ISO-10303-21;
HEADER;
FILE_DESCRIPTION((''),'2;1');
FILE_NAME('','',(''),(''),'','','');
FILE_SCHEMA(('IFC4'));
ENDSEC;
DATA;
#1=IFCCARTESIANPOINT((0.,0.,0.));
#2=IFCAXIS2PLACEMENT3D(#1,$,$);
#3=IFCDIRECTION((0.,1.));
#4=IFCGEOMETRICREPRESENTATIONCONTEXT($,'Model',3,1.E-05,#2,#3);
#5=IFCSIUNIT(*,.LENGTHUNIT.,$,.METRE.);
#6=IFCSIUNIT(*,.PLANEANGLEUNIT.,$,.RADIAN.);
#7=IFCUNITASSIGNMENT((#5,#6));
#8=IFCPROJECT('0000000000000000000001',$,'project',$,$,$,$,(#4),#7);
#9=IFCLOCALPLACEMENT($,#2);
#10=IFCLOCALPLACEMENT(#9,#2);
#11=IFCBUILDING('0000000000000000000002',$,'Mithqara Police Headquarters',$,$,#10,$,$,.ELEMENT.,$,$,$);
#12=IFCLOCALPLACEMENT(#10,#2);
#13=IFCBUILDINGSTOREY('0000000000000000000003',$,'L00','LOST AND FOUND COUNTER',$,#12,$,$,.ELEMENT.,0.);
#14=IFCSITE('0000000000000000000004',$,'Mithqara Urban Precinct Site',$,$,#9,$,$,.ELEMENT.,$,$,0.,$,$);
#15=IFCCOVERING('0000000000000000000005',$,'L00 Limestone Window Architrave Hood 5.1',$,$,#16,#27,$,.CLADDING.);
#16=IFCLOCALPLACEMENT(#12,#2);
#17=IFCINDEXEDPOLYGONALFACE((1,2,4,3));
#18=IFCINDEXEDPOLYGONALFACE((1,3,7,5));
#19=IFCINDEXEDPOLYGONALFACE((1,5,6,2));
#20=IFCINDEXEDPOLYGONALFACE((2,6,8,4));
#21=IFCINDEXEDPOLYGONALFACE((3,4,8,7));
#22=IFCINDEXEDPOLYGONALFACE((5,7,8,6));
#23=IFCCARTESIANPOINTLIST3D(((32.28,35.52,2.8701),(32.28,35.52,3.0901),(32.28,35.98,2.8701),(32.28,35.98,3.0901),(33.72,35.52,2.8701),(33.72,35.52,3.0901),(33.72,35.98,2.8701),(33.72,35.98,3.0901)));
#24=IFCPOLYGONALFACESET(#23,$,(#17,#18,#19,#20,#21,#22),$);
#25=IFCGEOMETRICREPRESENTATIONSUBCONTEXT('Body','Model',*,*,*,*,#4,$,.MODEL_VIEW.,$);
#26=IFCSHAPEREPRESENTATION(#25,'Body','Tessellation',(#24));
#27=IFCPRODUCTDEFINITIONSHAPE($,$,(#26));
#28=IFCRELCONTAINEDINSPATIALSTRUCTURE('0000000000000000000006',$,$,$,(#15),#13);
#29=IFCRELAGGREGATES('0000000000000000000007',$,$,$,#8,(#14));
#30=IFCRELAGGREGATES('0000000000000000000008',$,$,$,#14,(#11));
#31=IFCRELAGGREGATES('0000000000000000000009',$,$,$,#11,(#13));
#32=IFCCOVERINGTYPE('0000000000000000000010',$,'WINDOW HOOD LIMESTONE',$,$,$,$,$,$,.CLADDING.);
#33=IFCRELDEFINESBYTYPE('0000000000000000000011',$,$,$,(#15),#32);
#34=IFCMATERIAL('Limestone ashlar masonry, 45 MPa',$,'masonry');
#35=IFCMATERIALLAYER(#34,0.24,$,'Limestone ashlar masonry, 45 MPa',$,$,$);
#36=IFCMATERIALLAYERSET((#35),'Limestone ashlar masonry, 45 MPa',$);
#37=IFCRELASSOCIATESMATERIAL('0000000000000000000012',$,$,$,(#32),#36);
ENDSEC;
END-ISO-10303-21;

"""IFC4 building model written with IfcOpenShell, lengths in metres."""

from ifc_helpers import new_model, si_unit, direction, frame, origin, origin_2d, place, context, subcontext, project, spatial, rectangle, extrude, material, layer, layer_set, type_object, element, save


model = new_model("IFC4")

# Units and contexts
model_context = context("Model", 3, precision=1e-05, world=origin(), true_north=direction((0.0, 1.0)))
body_context = subcontext(model_context, "Body", "Model", "MODEL_VIEW")
ifc_project = project(units=[si_unit("LENGTHUNIT", "METRE"), si_unit("PLANEANGLEUNIT", "RADIAN")], contexts=[model_context])

# Site, building, storey
site_placement = place(None, origin())
site = spatial("IfcSite", under=ifc_project, at=site_placement, Name="Mithqara Urban Precinct Site", CompositionType="ELEMENT", RefElevation=0.0)
building_placement = place(site_placement, origin())
building = spatial("IfcBuilding", under=site, at=building_placement, Name="Mithqara Police Headquarters", CompositionType="ELEMENT")
storey_placement = place(building_placement, origin())
storey = spatial("IfcBuildingStorey", under=building, at=storey_placement, Name="L00", Description="LOST AND FOUND COUNTER", CompositionType="ELEMENT", Elevation=0.0)

# Shared definitions
ifc_material_1 = material(Name="Limestone ashlar masonry, 45 MPa", Category="masonry")

# Covering
ifc_layer_1 = layer(ifc_material_1, 0.24, Name="Limestone ashlar masonry, 45 MPa")
ifc_layer_set_1 = layer_set([ifc_layer_1], Name="Limestone ashlar masonry, 45 MPa")
covering_type = type_object("IfcCoveringType", Name="WINDOW HOOD LIMESTONE", PredefinedType="CLADDING", material=ifc_layer_set_1)
covering_placement = place(storey_placement, frame((33.0, 35.75, 2.8701), z_axis=(0.0, 0.0, 1.0), x_axis=(1.0, 0.0, 0.0)))
element("IfcCovering", 1, at=covering_placement, inside=storey, type_object=covering_type, Name="L00 Limestone Window Architrave Hood 5.1", PredefinedType="CLADDING", context=body_context, shape_type="SweptSolid", body=[
    extrude(rectangle(XDim=1.4399, YDim=0.46, at=origin_2d()), origin(), (0.0, 0.0, 1.0), 0.22),
])

save(model, "model.ifc")
